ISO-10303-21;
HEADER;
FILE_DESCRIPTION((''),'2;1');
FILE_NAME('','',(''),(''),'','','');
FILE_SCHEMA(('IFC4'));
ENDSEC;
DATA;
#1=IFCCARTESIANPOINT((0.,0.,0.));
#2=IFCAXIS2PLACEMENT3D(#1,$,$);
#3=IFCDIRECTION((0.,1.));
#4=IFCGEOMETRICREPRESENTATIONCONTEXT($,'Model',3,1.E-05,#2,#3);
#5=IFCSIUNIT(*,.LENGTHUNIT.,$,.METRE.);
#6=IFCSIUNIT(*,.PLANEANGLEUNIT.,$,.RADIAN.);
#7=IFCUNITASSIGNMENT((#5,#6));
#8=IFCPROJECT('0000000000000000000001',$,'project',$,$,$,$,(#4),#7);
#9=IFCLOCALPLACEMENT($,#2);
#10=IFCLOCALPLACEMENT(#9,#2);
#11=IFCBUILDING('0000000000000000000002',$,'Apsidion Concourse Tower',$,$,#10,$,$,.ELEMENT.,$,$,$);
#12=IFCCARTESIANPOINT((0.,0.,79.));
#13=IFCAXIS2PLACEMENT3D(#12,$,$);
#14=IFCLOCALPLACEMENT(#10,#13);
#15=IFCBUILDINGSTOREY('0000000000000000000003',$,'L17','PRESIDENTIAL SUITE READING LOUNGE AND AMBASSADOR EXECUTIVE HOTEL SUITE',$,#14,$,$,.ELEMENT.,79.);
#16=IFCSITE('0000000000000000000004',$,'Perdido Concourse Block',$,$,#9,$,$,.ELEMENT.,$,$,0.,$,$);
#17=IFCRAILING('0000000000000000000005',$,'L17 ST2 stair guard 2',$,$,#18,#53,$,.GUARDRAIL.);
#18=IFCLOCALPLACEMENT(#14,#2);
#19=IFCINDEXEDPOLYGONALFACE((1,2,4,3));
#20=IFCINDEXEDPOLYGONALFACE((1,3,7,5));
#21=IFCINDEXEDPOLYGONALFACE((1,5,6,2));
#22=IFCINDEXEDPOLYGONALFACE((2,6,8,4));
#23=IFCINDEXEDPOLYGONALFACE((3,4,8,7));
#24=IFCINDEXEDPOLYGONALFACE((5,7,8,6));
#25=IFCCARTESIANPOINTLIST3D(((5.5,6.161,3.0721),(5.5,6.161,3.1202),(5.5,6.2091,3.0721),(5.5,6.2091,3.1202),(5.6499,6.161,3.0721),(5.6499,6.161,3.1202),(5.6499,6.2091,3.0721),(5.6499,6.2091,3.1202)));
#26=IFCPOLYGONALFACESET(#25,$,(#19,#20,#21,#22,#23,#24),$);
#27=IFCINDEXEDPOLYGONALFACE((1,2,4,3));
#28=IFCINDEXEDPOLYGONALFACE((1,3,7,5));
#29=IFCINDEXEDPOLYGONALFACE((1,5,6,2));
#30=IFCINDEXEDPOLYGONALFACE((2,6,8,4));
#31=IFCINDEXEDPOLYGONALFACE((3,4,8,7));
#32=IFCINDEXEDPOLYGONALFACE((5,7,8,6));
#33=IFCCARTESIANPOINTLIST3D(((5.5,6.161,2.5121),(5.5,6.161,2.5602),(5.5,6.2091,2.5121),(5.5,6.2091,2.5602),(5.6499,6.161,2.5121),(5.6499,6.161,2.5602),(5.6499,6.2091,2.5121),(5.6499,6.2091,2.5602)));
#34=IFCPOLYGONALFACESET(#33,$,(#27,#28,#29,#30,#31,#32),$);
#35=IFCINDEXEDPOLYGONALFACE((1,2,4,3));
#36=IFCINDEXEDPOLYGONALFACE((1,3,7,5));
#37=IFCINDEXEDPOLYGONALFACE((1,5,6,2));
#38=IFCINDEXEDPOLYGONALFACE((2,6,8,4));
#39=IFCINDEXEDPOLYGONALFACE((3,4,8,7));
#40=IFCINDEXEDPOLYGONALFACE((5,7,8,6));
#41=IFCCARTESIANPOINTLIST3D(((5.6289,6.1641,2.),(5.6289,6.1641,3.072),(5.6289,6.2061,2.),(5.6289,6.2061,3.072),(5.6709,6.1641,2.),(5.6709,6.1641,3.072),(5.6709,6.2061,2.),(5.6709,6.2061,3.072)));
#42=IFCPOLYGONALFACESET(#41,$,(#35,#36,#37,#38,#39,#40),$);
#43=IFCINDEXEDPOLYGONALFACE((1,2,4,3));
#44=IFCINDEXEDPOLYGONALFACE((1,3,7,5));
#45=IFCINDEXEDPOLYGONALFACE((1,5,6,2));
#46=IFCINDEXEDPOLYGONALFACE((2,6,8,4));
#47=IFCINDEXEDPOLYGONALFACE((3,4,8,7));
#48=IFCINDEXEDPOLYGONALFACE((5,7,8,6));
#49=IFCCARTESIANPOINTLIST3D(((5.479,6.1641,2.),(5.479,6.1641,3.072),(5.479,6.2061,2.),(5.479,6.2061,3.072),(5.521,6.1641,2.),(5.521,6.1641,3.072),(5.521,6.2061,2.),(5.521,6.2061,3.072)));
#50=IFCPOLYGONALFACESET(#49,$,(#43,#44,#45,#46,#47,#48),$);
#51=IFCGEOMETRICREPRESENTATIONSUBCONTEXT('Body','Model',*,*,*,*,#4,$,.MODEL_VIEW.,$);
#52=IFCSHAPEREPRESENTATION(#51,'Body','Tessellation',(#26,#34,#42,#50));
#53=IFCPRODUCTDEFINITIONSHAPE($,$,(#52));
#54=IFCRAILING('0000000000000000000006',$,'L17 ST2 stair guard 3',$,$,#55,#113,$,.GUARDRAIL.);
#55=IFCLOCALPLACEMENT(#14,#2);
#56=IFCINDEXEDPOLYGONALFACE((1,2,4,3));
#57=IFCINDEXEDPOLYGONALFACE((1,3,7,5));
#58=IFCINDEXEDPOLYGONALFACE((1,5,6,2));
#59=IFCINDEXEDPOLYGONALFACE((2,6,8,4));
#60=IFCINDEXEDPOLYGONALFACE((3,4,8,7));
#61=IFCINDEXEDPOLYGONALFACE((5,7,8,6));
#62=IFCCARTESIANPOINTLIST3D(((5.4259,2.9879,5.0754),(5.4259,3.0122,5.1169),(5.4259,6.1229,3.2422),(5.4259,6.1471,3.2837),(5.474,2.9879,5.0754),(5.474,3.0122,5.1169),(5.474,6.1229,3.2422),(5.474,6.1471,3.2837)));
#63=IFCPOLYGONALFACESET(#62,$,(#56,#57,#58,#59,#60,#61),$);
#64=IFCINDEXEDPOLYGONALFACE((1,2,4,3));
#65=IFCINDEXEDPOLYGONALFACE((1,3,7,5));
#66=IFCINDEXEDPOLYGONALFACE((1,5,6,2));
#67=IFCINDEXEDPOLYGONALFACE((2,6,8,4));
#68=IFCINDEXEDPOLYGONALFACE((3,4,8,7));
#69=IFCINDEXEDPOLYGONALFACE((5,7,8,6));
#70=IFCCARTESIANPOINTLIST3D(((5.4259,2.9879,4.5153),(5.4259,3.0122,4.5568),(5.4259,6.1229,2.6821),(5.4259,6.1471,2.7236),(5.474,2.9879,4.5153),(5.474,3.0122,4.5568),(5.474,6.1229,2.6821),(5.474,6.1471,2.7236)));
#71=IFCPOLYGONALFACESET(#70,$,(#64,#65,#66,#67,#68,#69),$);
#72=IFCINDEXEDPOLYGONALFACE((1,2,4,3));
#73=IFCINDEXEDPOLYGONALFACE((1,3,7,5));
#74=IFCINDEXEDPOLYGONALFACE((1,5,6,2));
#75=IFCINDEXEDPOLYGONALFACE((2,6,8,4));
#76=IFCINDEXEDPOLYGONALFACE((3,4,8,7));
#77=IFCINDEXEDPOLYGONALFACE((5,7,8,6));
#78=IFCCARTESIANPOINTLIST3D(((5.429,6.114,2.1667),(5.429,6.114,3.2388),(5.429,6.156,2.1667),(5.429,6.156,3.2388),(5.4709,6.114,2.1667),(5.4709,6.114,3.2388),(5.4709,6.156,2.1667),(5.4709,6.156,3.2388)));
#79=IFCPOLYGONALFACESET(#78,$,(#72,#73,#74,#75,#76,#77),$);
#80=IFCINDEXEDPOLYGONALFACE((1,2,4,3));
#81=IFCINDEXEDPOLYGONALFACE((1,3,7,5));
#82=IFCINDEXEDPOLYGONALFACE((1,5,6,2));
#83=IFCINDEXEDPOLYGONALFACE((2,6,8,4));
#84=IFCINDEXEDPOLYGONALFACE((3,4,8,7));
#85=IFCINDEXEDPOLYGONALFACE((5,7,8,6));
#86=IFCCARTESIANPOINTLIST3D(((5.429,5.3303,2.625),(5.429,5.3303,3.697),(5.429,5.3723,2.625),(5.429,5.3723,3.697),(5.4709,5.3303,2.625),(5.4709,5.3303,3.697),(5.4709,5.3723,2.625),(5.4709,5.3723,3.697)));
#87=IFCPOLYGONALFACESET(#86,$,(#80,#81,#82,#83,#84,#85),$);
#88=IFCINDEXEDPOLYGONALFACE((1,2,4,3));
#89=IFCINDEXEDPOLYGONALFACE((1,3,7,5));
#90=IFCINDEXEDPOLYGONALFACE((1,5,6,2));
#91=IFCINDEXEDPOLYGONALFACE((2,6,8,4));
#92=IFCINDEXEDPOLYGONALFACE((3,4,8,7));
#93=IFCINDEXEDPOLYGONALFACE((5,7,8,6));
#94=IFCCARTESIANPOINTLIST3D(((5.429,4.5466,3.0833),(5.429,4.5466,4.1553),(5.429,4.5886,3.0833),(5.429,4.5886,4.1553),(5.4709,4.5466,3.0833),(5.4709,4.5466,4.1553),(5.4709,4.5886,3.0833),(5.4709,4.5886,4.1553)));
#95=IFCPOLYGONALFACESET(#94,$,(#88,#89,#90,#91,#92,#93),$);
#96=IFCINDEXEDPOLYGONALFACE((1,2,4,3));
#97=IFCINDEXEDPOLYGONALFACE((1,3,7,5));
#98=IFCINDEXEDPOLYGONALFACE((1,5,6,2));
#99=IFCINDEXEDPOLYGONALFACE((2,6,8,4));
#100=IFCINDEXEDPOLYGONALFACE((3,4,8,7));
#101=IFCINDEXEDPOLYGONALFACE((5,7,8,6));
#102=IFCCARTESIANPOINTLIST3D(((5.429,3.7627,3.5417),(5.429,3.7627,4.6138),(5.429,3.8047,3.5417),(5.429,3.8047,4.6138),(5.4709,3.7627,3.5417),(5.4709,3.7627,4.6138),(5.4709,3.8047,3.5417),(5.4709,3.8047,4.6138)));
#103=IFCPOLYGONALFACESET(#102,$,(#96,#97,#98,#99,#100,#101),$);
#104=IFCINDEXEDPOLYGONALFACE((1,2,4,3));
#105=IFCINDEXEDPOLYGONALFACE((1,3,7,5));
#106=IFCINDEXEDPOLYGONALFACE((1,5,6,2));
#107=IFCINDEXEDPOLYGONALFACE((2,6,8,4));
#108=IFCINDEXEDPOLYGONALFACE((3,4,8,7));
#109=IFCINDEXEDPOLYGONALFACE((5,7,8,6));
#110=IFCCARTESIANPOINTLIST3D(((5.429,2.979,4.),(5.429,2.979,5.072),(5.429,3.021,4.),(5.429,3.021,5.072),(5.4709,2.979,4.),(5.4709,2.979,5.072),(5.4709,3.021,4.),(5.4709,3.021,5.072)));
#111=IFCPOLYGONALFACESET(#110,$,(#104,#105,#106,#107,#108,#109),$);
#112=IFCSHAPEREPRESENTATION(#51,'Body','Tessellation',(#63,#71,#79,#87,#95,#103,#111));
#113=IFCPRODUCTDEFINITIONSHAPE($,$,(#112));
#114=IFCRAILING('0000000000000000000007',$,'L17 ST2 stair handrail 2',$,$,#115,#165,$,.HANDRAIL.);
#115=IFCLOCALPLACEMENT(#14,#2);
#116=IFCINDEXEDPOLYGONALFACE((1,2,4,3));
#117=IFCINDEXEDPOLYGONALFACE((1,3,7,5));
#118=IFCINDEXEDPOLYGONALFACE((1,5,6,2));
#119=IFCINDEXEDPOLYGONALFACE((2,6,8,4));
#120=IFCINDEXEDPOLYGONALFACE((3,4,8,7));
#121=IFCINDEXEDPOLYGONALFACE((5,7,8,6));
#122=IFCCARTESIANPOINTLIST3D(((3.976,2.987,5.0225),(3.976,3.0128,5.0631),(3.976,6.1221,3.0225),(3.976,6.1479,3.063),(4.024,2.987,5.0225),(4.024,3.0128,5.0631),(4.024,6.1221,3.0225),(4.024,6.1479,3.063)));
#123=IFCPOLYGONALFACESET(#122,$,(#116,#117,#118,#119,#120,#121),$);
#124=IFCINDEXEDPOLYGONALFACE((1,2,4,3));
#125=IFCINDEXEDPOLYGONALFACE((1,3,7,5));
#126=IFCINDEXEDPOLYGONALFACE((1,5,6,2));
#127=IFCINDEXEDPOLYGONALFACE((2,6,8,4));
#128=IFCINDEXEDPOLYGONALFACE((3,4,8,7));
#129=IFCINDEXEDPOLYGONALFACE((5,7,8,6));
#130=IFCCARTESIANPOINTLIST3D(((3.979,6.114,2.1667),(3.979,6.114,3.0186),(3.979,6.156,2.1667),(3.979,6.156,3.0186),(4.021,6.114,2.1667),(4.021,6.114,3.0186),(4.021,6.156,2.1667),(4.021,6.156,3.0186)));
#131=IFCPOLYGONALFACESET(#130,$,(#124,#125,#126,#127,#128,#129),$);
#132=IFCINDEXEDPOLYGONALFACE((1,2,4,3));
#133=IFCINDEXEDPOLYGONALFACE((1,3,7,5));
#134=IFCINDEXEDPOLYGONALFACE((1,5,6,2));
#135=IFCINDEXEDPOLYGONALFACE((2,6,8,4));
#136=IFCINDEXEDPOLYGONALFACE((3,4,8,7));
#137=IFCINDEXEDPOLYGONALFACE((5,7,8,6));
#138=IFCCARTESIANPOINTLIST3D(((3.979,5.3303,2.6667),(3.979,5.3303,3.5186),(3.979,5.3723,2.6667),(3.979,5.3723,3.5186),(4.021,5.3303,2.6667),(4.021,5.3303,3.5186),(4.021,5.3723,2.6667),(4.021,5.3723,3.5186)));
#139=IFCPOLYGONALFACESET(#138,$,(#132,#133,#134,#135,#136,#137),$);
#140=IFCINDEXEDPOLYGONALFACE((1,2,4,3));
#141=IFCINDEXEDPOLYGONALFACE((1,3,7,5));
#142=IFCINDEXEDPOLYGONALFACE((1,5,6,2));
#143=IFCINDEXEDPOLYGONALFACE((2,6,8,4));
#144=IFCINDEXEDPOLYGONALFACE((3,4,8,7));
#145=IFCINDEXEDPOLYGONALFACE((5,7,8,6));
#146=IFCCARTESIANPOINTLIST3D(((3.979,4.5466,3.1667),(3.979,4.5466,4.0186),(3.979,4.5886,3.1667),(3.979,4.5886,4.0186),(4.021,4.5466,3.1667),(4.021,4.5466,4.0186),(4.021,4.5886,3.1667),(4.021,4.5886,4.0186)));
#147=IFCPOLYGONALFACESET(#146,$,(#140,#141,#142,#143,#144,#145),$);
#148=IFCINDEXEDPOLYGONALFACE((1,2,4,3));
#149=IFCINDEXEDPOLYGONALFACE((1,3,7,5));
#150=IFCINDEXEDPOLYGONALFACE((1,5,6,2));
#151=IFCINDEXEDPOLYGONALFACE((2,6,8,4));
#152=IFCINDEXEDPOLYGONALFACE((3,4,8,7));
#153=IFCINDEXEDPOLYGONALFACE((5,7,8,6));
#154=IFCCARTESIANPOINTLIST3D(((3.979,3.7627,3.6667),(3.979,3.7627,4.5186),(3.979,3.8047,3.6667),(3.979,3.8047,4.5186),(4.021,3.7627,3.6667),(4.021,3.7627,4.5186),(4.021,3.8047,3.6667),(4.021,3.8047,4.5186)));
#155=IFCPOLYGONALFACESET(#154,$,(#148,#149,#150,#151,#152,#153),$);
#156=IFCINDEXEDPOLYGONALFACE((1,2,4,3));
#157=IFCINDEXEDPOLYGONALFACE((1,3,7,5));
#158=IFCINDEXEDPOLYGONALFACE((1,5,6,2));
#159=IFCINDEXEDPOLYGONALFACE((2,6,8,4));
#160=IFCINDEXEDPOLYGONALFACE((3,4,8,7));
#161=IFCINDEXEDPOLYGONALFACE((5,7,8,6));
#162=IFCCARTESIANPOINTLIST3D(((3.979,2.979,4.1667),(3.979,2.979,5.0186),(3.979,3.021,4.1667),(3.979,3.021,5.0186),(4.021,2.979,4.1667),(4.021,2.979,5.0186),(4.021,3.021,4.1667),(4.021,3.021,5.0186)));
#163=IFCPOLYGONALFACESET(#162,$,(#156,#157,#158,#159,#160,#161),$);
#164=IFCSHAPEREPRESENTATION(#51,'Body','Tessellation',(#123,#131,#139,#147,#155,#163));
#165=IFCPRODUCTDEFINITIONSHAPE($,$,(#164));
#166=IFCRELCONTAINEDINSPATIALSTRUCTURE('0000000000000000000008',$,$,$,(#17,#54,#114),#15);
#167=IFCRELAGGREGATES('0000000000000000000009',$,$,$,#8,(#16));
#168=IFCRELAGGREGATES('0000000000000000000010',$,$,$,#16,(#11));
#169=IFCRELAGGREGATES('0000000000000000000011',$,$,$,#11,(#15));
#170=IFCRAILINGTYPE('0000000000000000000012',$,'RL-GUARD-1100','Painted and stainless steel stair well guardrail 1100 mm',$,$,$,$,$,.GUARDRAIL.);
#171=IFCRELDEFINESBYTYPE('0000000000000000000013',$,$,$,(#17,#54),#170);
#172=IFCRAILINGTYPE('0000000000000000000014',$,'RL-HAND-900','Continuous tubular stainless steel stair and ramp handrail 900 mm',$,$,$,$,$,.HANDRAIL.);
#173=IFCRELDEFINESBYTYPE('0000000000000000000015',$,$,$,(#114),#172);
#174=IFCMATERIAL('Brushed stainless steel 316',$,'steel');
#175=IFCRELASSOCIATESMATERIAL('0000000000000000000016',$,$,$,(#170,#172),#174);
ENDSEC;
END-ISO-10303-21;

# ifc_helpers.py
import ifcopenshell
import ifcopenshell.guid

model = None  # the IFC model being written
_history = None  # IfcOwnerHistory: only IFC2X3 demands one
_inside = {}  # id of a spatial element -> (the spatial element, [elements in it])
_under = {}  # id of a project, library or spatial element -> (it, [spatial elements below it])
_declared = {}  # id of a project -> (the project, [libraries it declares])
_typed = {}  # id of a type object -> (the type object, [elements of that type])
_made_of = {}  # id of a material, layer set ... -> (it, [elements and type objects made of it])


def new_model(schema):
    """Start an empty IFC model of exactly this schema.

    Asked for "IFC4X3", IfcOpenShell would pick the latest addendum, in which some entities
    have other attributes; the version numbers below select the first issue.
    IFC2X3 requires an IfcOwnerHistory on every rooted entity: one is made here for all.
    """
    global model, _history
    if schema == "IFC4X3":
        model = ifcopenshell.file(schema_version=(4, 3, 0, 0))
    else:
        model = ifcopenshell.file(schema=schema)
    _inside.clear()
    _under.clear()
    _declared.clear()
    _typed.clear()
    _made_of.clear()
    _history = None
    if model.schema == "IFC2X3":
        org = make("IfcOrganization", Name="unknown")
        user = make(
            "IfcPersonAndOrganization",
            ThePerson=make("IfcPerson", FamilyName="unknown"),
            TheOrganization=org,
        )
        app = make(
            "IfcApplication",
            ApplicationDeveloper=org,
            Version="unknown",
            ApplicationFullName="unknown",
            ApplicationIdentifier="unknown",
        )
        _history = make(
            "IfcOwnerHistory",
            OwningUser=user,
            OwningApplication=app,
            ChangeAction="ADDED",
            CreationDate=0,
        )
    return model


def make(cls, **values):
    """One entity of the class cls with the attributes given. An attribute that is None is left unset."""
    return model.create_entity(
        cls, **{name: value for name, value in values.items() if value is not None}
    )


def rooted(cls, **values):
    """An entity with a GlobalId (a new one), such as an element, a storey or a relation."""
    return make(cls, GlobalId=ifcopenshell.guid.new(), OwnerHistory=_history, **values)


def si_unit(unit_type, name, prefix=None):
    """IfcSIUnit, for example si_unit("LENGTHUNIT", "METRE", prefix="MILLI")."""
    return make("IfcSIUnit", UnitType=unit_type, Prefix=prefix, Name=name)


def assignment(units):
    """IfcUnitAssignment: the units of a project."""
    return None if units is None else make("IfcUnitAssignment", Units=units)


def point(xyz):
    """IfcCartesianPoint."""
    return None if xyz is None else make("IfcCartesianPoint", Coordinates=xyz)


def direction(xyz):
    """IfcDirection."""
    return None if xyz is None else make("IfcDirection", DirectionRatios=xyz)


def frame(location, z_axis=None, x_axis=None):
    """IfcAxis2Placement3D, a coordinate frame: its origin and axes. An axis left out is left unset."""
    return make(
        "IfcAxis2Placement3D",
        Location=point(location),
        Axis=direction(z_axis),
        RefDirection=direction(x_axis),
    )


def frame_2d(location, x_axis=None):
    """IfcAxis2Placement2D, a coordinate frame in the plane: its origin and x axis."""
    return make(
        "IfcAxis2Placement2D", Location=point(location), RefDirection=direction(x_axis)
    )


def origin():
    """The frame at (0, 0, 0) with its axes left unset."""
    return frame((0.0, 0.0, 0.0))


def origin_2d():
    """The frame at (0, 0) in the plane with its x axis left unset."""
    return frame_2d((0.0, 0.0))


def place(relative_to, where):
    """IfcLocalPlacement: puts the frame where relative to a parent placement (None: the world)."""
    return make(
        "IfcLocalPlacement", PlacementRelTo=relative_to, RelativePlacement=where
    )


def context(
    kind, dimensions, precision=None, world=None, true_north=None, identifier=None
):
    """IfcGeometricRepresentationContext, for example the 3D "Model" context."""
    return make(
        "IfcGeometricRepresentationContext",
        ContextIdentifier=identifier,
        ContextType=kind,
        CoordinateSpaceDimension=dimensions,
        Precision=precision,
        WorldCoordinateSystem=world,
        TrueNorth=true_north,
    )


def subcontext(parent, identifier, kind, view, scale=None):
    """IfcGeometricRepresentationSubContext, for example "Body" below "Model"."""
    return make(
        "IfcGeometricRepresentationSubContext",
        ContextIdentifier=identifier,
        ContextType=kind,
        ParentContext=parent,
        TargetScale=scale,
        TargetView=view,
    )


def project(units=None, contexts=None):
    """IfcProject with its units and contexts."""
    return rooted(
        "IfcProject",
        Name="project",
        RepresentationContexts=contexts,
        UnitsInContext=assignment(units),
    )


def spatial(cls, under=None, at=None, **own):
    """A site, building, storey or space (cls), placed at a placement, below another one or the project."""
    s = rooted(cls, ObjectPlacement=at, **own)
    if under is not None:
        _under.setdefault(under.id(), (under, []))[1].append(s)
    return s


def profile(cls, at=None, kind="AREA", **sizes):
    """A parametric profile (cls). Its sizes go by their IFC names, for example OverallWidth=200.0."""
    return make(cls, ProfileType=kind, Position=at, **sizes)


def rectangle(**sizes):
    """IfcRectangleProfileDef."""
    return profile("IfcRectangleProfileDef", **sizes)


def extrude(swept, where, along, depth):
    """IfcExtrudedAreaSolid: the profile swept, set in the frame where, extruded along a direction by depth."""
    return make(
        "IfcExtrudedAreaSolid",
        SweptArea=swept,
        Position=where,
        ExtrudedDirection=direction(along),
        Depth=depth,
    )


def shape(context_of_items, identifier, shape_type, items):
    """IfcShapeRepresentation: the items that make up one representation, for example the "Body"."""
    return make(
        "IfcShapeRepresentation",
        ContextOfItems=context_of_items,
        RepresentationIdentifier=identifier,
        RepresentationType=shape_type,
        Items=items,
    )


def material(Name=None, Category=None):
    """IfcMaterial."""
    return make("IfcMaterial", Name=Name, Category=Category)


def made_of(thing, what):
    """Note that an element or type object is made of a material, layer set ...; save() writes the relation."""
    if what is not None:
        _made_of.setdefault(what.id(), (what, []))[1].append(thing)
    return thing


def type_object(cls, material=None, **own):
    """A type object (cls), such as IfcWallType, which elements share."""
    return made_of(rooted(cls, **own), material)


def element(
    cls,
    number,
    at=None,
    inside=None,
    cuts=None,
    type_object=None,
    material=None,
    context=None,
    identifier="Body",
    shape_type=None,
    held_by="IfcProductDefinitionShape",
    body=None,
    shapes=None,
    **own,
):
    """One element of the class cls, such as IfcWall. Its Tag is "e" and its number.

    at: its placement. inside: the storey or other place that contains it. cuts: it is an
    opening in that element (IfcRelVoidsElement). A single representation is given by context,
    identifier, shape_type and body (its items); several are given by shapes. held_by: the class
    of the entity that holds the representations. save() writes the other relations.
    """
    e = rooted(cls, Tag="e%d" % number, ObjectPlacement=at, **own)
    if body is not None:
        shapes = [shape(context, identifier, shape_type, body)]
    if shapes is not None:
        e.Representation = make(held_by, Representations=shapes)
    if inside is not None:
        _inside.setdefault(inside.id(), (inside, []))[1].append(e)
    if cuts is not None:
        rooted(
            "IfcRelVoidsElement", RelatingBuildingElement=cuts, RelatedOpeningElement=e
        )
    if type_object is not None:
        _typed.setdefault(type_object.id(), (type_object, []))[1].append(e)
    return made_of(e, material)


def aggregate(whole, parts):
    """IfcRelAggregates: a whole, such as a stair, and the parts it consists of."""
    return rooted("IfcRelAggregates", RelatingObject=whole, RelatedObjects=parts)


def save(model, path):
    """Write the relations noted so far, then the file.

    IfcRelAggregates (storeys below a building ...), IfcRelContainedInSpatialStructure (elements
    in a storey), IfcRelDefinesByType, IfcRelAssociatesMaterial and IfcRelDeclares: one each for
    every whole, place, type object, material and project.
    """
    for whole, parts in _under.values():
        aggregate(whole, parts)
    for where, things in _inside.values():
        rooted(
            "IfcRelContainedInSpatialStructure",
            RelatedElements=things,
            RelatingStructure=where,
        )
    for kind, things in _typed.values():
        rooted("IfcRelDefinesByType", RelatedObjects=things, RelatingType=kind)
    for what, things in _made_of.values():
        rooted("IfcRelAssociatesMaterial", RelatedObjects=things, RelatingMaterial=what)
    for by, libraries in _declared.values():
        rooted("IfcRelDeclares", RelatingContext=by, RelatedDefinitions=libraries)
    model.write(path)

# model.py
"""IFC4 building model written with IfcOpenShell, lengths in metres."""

from ifc_helpers import new_model, si_unit, direction, frame, origin, origin_2d, place, context, subcontext, project, spatial, rectangle, extrude, material, type_object, element, save


model = new_model("IFC4")

# Units and contexts
model_context = context("Model", 3, precision=1e-05, world=origin(), true_north=direction((0.0, 1.0)))
body_context = subcontext(model_context, "Body", "Model", "MODEL_VIEW")
ifc_project = project(units=[si_unit("LENGTHUNIT", "METRE"), si_unit("PLANEANGLEUNIT", "RADIAN")], contexts=[model_context])

# Site, building, storey
site_placement = place(None, origin())
site = spatial("IfcSite", under=ifc_project, at=site_placement, Name="Perdido Concourse Block", CompositionType="ELEMENT", RefElevation=0.0)
building_placement = place(site_placement, origin())
building = spatial("IfcBuilding", under=site, at=building_placement, Name="Apsidion Concourse Tower", CompositionType="ELEMENT")
storey_placement = place(building_placement, frame((0.0, 0.0, 79.0)))
storey = spatial("IfcBuildingStorey", under=building, at=storey_placement, Name="L17", Description="PRESIDENTIAL SUITE READING LOUNGE AND AMBASSADOR EXECUTIVE HOTEL SUITE", CompositionType="ELEMENT", Elevation=79.0)

# Shared definitions
ifc_material_1 = material(Name="Brushed stainless steel 316", Category="steel")

# Railings
railing_type_1 = type_object("IfcRailingType", Name="RL-GUARD-1100", Description="Painted and stainless steel stair well guardrail 1100 mm", PredefinedType="GUARDRAIL", material=ifc_material_1)
railing_1_placement = place(storey_placement, frame((5.6499, 6.1851, 2.0)))
element("IfcRailing", 1, at=railing_1_placement, inside=storey, type_object=railing_type_1, Name="L17 ST2 stair guard 2", PredefinedType="GUARDRAIL", context=body_context, shape_type="SweptSolid", body=[
    extrude(rectangle(XDim=0.0481, YDim=0.0481, at=origin_2d()), frame((0.0, 0.0, 1.0962), z_axis=(-1.0, 0.0, 0.0), x_axis=(0.0, -1.0, 0.0)), (0.0, 0.0, 1.0), 0.1499),
    extrude(rectangle(XDim=0.0481, YDim=0.0481, at=origin_2d()), frame((0.0, 0.0, 0.5361), z_axis=(-1.0, 0.0, 0.0), x_axis=(0.0, -1.0, 0.0)), (0.0, 0.0, 1.0), 0.1499),
    extrude(rectangle(XDim=0.042, YDim=0.042, at=origin_2d()), origin(), (0.0, 0.0, 1.0), 1.072),
    extrude(rectangle(XDim=0.042, YDim=0.042, at=origin_2d()), frame((-0.1499, 0.0, 0.0)), (0.0, 0.0, 1.0), 1.072),
])
railing_2_placement = place(storey_placement, frame((5.45, 6.135, 2.1667)))
element("IfcRailing", 2, at=railing_2_placement, inside=storey, type_object=railing_type_1, Name="L17 ST2 stair guard 3", PredefinedType="GUARDRAIL", context=body_context, shape_type="SweptSolid", body=[
    extrude(rectangle(XDim=0.0481, YDim=0.0481, at=origin_2d()), frame((0.0, 0.0, 1.0962), z_axis=(0.0, -0.86324, 0.504794), x_axis=(1.0, 0.0, 0.0)), (0.0, 0.0, 1.0), 3.6316),
    extrude(rectangle(XDim=0.0481, YDim=0.0481, at=origin_2d()), frame((0.0, 0.0, 0.5361), z_axis=(0.0, -0.86324, 0.504794), x_axis=(1.0, 0.0, 0.0)), (0.0, 0.0, 1.0), 3.6316),
    extrude(rectangle(XDim=0.042, YDim=0.042, at=origin_2d()), origin(), (0.0, 0.0, 1.0), 1.072),
    extrude(rectangle(XDim=0.042, YDim=0.042, at=origin_2d()), frame((0.0, -0.7837, 0.4583)), (0.0, 0.0, 1.0), 1.072),
    extrude(rectangle(XDim=0.042, YDim=0.042, at=origin_2d()), frame((0.0, -1.5674, 0.9165)), (0.0, 0.0, 1.0), 1.072),
    extrude(rectangle(XDim=0.042, YDim=0.042, at=origin_2d()), frame((0.0, -2.3513, 1.375)), (0.0, 0.0, 1.0), 1.072),
    extrude(rectangle(XDim=0.042, YDim=0.042, at=origin_2d()), frame((0.0, -3.135, 1.8333)), (0.0, 0.0, 1.0), 1.072),
])
railing_type_2 = type_object("IfcRailingType", Name="RL-HAND-900", Description="Continuous tubular stainless steel stair and ramp handrail 900 mm", PredefinedType="HANDRAIL", material=ifc_material_1)
railing_3_placement = place(storey_placement, frame((4.0, 6.135, 2.1667)))
element("IfcRailing", 3, at=railing_3_placement, inside=storey, type_object=railing_type_2, Name="L17 ST2 stair handrail 2", PredefinedType="HANDRAIL", context=body_context, shape_type="SweptSolid", body=[
    extrude(rectangle(XDim=0.0481, YDim=0.0481, at=origin_2d()), frame((0.0, 0.0, 0.876), z_axis=(0.0, -0.843053, 0.537831), x_axis=(1.0, 0.0, 0.0)), (0.0, 0.0, 1.0), 3.7188),
    extrude(rectangle(XDim=0.042, YDim=0.042, at=origin_2d()), origin(), (0.0, 0.0, 1.0), 0.8518),
    extrude(rectangle(XDim=0.042, YDim=0.042, at=origin_2d()), frame((0.0, -0.7837, 0.5)), (0.0, 0.0, 1.0), 0.8518),
    extrude(rectangle(XDim=0.042, YDim=0.042, at=origin_2d()), frame((0.0, -1.5674, 1.0)), (0.0, 0.0, 1.0), 0.8518),
    extrude(rectangle(XDim=0.042, YDim=0.042, at=origin_2d()), frame((0.0, -2.3513, 1.5)), (0.0, 0.0, 1.0), 0.8518),
    extrude(rectangle(XDim=0.042, YDim=0.042, at=origin_2d()), frame((0.0, -3.135, 2.0)), (0.0, 0.0, 1.0), 0.8518),
])

save(model, "model.ifc")
